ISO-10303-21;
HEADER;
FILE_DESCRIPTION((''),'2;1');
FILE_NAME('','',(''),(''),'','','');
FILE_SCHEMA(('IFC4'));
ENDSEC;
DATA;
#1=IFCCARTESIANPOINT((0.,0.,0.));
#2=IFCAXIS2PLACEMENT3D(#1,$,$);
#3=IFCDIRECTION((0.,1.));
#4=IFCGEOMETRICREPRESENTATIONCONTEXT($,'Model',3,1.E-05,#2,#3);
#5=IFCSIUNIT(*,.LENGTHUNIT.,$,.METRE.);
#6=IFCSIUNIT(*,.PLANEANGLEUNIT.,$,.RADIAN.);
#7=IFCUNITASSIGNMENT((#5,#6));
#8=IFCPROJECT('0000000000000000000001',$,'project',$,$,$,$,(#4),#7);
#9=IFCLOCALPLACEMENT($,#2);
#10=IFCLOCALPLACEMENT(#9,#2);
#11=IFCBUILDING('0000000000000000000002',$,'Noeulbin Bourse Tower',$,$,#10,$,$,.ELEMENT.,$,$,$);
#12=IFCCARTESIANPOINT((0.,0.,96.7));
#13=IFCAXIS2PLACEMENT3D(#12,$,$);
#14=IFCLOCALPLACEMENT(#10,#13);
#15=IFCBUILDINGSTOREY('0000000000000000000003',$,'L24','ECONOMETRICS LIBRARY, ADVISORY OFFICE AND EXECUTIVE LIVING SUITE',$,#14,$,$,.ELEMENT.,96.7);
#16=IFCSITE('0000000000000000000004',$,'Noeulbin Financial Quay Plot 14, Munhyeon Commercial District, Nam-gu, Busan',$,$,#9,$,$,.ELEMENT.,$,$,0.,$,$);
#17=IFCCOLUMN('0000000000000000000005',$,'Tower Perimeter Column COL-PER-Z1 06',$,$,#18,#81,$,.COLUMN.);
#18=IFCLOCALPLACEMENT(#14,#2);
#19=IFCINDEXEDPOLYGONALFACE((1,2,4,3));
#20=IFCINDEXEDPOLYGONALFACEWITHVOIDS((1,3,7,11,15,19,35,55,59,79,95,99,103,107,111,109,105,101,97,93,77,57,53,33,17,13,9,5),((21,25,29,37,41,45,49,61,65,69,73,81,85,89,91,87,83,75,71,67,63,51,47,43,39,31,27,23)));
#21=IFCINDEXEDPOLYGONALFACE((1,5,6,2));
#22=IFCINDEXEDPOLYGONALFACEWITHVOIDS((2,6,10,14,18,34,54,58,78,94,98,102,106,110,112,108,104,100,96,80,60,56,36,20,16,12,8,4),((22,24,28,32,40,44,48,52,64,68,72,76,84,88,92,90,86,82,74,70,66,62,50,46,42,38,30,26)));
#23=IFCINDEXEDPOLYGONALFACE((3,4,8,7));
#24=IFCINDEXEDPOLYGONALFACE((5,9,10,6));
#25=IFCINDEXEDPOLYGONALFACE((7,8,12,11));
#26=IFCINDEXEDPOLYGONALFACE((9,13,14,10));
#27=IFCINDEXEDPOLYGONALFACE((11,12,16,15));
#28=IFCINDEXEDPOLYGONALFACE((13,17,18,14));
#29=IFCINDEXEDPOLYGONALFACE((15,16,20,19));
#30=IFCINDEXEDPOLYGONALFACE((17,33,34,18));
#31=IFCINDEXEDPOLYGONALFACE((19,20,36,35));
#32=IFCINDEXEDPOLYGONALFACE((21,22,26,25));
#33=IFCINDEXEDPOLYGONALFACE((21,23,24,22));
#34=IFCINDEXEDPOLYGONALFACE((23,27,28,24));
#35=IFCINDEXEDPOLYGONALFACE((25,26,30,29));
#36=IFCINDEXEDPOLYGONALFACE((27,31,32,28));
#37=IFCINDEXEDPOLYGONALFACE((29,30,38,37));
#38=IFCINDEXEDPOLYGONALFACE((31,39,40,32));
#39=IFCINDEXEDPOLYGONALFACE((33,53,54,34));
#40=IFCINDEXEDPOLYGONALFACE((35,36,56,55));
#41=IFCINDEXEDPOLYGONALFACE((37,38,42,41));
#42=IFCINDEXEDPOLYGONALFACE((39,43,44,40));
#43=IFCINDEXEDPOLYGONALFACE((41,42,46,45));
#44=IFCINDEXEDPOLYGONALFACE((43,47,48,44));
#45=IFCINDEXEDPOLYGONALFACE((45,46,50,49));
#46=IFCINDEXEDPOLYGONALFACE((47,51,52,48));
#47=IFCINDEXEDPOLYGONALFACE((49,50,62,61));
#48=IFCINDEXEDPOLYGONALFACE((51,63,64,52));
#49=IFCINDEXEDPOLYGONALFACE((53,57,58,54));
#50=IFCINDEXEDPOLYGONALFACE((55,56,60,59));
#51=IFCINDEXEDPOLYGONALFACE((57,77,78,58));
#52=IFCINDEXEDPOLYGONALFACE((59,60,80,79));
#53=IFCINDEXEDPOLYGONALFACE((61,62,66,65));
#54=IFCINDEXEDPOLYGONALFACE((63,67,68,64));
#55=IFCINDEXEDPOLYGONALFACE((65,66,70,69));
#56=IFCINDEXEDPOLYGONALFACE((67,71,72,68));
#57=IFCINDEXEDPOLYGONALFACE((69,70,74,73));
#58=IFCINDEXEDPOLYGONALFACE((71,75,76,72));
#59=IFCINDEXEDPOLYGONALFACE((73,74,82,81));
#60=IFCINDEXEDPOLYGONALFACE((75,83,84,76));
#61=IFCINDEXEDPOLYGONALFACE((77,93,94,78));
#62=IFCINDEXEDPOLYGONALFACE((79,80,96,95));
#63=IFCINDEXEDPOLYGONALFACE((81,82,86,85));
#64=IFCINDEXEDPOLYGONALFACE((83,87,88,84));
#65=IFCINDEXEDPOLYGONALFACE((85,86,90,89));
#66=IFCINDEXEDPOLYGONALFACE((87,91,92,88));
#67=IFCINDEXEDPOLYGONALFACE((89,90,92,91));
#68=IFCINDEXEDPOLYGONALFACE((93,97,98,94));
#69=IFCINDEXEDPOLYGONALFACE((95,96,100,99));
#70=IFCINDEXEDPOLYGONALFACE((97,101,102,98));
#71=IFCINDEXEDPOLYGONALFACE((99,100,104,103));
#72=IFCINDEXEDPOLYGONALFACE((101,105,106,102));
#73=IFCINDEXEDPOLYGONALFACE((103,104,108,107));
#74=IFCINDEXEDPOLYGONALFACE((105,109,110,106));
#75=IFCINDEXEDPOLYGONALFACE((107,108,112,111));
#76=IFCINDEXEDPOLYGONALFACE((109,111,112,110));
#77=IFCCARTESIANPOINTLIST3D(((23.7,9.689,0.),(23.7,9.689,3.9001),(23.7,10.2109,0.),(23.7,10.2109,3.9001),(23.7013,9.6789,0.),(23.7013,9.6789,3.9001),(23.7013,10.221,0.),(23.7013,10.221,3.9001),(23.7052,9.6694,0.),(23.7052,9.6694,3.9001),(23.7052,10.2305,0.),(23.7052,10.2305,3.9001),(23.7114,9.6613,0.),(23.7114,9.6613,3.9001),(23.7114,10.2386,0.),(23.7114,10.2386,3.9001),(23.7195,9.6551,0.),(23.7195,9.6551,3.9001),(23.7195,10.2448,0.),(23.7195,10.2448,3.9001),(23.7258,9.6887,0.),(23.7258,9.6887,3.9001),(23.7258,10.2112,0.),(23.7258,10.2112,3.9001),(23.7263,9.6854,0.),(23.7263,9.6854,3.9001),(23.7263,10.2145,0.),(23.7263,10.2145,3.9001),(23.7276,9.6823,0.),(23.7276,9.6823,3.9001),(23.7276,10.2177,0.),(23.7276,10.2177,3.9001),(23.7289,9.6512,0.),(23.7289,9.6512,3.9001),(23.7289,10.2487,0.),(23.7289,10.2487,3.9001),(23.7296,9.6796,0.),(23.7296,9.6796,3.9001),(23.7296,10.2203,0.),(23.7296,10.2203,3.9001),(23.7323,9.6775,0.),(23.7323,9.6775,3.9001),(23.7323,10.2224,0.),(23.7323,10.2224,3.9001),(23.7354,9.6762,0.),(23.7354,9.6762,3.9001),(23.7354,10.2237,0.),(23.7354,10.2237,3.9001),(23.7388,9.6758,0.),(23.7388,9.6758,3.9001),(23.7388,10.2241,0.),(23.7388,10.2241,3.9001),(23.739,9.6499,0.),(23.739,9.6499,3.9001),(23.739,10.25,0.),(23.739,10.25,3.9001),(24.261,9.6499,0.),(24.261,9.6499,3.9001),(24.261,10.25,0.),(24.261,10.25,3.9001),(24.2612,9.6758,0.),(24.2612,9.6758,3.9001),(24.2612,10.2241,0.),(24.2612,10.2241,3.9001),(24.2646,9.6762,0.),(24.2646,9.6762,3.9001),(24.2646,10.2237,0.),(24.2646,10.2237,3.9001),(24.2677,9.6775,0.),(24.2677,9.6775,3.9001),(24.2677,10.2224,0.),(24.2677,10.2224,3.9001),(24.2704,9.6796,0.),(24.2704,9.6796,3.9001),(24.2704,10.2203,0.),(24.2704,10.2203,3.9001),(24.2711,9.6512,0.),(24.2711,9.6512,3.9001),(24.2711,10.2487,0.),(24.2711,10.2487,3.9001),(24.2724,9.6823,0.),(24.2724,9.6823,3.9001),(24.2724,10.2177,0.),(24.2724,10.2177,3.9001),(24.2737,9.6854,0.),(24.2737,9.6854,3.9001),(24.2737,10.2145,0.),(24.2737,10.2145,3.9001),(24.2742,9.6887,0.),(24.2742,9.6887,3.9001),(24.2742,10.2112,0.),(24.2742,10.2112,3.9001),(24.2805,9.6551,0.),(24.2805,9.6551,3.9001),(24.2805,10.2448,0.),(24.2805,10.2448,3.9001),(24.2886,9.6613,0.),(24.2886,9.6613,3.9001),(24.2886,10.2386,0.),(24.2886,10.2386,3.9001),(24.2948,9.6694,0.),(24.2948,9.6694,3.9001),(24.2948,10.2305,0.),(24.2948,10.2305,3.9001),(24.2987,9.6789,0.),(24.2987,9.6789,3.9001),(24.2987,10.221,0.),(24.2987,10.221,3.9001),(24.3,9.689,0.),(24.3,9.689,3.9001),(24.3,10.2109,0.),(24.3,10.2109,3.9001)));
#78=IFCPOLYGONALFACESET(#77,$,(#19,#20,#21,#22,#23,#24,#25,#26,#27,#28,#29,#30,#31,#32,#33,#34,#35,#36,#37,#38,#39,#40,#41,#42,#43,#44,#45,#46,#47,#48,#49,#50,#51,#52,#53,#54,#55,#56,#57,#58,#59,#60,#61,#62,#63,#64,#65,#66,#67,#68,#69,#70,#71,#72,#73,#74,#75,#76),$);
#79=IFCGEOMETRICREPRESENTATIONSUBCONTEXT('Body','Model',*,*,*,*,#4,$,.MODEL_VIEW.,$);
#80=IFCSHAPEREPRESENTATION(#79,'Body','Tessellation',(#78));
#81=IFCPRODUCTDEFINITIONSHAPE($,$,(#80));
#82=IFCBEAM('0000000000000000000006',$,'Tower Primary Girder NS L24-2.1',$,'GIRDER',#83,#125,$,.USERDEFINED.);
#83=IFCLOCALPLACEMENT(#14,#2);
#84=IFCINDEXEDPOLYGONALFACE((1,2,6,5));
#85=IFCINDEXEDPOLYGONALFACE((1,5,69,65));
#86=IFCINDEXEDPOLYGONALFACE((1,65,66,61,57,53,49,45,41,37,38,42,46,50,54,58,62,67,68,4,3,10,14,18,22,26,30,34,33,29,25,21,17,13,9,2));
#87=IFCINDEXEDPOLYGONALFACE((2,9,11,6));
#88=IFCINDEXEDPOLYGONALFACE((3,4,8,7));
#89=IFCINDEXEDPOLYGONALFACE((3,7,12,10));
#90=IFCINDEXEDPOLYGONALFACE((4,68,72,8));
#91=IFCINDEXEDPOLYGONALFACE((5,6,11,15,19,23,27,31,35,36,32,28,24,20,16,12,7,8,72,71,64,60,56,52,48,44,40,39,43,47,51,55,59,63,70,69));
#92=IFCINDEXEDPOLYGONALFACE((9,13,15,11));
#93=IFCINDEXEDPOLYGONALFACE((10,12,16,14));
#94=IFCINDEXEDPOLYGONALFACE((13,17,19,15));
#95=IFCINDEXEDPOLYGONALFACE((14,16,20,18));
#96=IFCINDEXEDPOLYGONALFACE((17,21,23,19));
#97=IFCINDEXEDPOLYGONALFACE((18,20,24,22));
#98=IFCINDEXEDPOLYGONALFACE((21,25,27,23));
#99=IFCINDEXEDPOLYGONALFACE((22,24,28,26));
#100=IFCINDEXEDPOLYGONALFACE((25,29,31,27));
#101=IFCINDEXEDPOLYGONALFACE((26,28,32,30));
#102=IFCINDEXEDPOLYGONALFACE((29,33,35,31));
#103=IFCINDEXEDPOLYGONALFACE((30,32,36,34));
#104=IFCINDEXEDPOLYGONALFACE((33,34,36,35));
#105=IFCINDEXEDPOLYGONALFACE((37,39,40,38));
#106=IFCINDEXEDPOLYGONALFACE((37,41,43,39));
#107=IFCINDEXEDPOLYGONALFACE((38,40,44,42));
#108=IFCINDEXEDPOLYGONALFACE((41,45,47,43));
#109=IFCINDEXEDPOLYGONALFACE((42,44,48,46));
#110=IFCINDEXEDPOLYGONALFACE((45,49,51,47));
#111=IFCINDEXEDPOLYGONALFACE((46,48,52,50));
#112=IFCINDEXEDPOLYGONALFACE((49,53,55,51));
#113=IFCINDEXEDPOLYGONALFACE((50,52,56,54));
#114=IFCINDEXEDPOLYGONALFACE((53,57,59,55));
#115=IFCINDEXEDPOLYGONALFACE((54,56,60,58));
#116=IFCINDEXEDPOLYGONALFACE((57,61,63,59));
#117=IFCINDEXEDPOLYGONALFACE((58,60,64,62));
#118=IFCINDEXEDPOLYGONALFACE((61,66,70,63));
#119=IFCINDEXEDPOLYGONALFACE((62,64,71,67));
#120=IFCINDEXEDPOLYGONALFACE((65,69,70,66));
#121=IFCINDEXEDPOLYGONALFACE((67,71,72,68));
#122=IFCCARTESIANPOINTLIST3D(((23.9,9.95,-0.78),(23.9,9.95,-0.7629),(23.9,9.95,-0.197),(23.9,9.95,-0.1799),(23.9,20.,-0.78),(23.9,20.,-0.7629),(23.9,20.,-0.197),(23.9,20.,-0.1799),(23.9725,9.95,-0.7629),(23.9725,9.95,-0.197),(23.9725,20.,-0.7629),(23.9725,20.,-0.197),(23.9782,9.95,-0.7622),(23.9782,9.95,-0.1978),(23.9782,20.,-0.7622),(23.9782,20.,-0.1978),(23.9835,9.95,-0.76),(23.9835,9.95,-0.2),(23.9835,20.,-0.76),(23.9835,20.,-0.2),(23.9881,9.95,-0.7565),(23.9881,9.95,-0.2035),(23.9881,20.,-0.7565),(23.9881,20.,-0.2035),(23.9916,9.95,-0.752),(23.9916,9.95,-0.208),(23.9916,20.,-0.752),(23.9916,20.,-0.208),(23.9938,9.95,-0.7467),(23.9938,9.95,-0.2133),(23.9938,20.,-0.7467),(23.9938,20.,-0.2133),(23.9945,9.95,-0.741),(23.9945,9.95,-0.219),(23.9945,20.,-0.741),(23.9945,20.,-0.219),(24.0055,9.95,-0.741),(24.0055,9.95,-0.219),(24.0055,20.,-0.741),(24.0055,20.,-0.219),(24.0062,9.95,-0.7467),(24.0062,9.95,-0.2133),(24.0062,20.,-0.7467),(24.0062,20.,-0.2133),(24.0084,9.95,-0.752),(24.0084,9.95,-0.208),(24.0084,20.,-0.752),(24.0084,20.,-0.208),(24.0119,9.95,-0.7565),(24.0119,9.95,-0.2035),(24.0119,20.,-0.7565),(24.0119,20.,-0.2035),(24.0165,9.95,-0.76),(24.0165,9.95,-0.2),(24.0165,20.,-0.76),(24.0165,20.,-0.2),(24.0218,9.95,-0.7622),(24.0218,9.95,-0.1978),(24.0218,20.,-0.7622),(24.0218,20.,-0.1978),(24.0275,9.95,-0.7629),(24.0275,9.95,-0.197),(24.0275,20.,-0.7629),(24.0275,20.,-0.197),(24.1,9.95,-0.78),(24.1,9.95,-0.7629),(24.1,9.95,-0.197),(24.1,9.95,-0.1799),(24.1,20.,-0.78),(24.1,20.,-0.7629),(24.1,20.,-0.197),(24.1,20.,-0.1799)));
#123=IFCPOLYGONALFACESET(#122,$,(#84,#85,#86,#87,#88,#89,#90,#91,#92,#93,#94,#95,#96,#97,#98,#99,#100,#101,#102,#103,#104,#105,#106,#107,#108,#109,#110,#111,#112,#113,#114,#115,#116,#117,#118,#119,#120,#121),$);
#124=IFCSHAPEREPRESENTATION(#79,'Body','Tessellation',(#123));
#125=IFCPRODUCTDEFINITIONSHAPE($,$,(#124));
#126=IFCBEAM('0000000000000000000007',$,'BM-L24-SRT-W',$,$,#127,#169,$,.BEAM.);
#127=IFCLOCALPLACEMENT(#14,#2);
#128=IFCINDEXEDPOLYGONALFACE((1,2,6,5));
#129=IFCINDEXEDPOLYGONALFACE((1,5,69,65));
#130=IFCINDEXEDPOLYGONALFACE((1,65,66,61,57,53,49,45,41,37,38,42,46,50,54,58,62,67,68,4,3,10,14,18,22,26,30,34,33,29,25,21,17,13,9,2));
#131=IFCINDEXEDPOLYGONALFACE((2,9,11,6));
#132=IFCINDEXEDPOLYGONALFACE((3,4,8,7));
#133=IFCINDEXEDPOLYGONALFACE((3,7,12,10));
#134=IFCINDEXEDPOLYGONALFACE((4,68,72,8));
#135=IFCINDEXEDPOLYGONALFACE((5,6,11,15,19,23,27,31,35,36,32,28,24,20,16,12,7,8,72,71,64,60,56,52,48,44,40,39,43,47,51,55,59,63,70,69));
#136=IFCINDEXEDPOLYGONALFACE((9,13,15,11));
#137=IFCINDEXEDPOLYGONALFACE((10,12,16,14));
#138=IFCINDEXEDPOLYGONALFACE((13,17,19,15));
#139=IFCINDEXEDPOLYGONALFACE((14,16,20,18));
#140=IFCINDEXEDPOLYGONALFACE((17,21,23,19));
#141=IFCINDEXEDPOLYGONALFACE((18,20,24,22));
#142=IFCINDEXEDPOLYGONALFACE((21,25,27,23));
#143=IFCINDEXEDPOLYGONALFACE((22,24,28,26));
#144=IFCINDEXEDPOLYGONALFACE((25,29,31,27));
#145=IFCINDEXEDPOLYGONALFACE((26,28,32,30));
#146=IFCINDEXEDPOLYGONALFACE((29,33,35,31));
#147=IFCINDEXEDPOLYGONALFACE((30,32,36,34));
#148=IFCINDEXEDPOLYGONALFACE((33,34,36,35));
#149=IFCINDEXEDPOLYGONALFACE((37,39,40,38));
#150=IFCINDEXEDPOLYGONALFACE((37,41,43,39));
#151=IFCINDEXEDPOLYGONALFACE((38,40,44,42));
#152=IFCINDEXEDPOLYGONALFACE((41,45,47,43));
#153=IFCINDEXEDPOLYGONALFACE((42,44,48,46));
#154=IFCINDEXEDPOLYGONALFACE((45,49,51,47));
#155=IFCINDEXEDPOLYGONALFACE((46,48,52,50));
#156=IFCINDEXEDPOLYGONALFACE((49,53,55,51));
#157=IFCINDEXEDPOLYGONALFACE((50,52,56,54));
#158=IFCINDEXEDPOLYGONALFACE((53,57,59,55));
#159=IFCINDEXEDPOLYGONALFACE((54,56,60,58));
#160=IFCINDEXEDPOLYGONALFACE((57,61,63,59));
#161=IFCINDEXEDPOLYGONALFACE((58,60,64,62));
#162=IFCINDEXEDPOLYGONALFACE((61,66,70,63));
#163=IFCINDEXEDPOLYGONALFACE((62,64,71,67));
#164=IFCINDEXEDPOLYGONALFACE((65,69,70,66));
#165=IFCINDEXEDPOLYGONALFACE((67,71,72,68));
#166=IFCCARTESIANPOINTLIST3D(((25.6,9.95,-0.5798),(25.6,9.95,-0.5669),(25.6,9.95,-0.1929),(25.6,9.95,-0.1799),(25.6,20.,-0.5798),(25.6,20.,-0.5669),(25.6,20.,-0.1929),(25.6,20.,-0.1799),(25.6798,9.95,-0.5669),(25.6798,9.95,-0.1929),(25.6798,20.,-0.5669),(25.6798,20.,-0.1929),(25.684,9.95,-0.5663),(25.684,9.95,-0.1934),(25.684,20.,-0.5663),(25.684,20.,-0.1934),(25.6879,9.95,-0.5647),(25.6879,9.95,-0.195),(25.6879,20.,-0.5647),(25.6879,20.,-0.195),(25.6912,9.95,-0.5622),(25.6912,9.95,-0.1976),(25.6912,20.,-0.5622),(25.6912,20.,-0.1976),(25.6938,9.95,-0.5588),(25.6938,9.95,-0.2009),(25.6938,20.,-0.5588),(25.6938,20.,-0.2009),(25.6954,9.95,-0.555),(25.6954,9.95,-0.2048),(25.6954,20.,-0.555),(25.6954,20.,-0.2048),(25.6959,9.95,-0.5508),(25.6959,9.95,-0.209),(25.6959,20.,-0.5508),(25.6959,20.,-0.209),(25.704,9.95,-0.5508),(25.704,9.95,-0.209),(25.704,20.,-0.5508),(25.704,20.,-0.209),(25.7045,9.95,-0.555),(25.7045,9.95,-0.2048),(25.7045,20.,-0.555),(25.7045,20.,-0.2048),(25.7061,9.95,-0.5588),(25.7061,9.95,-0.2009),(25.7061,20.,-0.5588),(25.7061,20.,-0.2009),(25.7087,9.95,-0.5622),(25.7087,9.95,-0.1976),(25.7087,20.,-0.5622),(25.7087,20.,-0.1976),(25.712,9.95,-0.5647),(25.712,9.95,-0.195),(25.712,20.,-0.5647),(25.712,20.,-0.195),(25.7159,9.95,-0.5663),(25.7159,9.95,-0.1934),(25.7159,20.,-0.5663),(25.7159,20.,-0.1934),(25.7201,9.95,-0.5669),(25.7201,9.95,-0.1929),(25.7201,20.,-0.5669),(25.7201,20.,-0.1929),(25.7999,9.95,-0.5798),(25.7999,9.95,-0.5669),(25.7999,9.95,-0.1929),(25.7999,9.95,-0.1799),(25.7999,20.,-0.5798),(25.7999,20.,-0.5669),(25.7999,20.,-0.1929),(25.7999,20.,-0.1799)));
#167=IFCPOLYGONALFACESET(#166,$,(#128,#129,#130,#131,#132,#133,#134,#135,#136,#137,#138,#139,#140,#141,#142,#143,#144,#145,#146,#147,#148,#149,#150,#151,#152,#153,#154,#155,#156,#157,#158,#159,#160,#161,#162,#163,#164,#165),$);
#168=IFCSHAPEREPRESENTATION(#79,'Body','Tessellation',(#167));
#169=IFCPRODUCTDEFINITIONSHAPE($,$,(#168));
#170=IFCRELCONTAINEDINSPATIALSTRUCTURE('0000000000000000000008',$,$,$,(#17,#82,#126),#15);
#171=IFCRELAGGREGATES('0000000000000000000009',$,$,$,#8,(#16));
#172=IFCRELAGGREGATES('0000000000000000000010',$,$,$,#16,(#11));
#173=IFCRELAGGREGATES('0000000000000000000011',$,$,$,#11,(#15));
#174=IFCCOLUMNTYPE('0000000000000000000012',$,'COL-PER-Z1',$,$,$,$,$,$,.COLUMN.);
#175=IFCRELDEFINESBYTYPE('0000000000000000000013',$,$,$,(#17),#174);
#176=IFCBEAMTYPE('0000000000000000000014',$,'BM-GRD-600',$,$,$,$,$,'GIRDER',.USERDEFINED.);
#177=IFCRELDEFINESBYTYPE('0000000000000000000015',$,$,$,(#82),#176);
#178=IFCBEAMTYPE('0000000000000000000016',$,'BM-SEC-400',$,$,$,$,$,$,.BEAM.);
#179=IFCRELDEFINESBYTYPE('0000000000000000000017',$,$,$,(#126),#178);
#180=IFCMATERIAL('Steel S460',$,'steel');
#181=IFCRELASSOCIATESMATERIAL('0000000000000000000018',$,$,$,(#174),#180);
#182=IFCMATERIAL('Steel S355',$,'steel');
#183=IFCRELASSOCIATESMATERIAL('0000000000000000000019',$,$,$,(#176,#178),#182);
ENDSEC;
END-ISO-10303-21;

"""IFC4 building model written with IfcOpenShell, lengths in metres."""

from ifc_helpers import new_model, si_unit, direction, frame, origin, origin_2d, place, context, subcontext, project, spatial, hollow_rectangle, i_section, extrude, material, material_profile, profile_set, type_object, element, save


model = new_model("IFC4")

# Units and contexts
model_context = context("Model", 3, precision=1e-05, world=origin(), true_north=direction((0.0, 1.0)))
body_context = subcontext(model_context, "Body", "Model", "MODEL_VIEW")
ifc_project = project(units=[si_unit("LENGTHUNIT", "METRE"), si_unit("PLANEANGLEUNIT", "RADIAN")], contexts=[model_context])

# Site, building, storey
site_placement = place(None, origin())
site = spatial("IfcSite", under=ifc_project, at=site_placement, Name="Noeulbin Financial Quay Plot 14, Munhyeon Commercial District, Nam-gu, Busan", CompositionType="ELEMENT", RefElevation=0.0)
building_placement = place(site_placement, origin())
building = spatial("IfcBuilding", under=site, at=building_placement, Name="Noeulbin Bourse Tower", CompositionType="ELEMENT")
storey_placement = place(building_placement, frame((0.0, 0.0, 96.7)))
storey = spatial("IfcBuildingStorey", under=building, at=storey_placement, Name="L24", Description="ECONOMETRICS LIBRARY, ADVISORY OFFICE AND EXECUTIVE LIVING SUITE", CompositionType="ELEMENT", Elevation=96.7)

# Column
ifc_material_1 = material(Name="Steel S460", Category="steel")
ifc_material_profile_1 = material_profile(ifc_material_1, hollow_rectangle(XDim=0.6001, YDim=0.6001, WallThickness=0.0259, InnerFilletRadius=0.0129, OuterFilletRadius=0.0391, at=origin_2d()), Name="BOX-600x600x26", Category="LoadBearing")
ifc_profile_set_1 = profile_set([ifc_material_profile_1], Name="Steel S460")
column_type = type_object("IfcColumnType", Name="COL-PER-Z1", PredefinedType="COLUMN", material=ifc_profile_set_1)
column_placement = place(storey_placement, frame((24.0, 9.95, 0.0), z_axis=(0.0, 0.0, 1.0), x_axis=(1.0, 0.0, 0.0)))
element("IfcColumn", 1, at=column_placement, inside=storey, type_object=column_type, Name="Tower Perimeter Column COL-PER-Z1 06", PredefinedType="COLUMN", context=body_context, shape_type="SweptSolid", body=[
    extrude(hollow_rectangle(XDim=0.6001, YDim=0.6001, WallThickness=0.0259, InnerFilletRadius=0.0129, OuterFilletRadius=0.0391, at=origin_2d()), origin(), (0.0, 0.0, 1.0), 3.9001),
])

# Beams
ifc_material_2 = material(Name="Steel S355", Category="steel")
ifc_material_profile_2 = material_profile(ifc_material_2, i_section(OverallWidth=0.2, OverallDepth=0.6001, WebThickness=0.011, FlangeThickness=0.0171, FilletRadius=0.022, at=origin_2d()), Name="H-600x200x11x17", Category="LoadBearing")
ifc_profile_set_2 = profile_set([ifc_material_profile_2], Name="Steel S355")
beam_type_1 = type_object("IfcBeamType", Name="BM-GRD-600", ElementType="GIRDER", PredefinedType="USERDEFINED", material=ifc_profile_set_2)
beam_1_placement = place(storey_placement, frame((24.0, 9.95, -0.48), z_axis=(0.0, 1.0, 0.0), x_axis=(-1.0, 0.0, 0.0)))
element("IfcBeam", 2, at=beam_1_placement, inside=storey, type_object=beam_type_1, Name="Tower Primary Girder NS L24-2.1", ObjectType="GIRDER", PredefinedType="USERDEFINED", context=body_context, shape_type="SweptSolid", body=[
    extrude(i_section(OverallWidth=0.2, OverallDepth=0.6001, WebThickness=0.011, FlangeThickness=0.0171, FilletRadius=0.022, at=origin_2d()), origin(), (0.0, 0.0, 1.0), 10.05),
])
ifc_material_profile_3 = material_profile(ifc_material_2, i_section(OverallWidth=0.2, OverallDepth=0.3999, WebThickness=0.0081, FlangeThickness=0.0129, FilletRadius=0.0161, at=origin_2d()), Name="H-400x200x8x13", Category="LoadBearing")
ifc_profile_set_3 = profile_set([ifc_material_profile_3], Name="Steel S355")
beam_type_2 = type_object("IfcBeamType", Name="BM-SEC-400", PredefinedType="BEAM", material=ifc_profile_set_3)
beam_2_placement = place(storey_placement, frame((25.7, 9.95, -0.3799), z_axis=(0.0, 1.0, 0.0), x_axis=(-1.0, 0.0, 0.0)))
element("IfcBeam", 3, at=beam_2_placement, inside=storey, type_object=beam_type_2, Name="BM-L24-SRT-W", PredefinedType="BEAM", context=body_context, shape_type="SweptSolid", body=[
    extrude(i_section(OverallWidth=0.2, OverallDepth=0.3999, WebThickness=0.0081, FlangeThickness=0.0129, FilletRadius=0.0161, at=origin_2d()), origin(), (0.0, 0.0, 1.0), 10.05),
])

save(model, "model.ifc")
